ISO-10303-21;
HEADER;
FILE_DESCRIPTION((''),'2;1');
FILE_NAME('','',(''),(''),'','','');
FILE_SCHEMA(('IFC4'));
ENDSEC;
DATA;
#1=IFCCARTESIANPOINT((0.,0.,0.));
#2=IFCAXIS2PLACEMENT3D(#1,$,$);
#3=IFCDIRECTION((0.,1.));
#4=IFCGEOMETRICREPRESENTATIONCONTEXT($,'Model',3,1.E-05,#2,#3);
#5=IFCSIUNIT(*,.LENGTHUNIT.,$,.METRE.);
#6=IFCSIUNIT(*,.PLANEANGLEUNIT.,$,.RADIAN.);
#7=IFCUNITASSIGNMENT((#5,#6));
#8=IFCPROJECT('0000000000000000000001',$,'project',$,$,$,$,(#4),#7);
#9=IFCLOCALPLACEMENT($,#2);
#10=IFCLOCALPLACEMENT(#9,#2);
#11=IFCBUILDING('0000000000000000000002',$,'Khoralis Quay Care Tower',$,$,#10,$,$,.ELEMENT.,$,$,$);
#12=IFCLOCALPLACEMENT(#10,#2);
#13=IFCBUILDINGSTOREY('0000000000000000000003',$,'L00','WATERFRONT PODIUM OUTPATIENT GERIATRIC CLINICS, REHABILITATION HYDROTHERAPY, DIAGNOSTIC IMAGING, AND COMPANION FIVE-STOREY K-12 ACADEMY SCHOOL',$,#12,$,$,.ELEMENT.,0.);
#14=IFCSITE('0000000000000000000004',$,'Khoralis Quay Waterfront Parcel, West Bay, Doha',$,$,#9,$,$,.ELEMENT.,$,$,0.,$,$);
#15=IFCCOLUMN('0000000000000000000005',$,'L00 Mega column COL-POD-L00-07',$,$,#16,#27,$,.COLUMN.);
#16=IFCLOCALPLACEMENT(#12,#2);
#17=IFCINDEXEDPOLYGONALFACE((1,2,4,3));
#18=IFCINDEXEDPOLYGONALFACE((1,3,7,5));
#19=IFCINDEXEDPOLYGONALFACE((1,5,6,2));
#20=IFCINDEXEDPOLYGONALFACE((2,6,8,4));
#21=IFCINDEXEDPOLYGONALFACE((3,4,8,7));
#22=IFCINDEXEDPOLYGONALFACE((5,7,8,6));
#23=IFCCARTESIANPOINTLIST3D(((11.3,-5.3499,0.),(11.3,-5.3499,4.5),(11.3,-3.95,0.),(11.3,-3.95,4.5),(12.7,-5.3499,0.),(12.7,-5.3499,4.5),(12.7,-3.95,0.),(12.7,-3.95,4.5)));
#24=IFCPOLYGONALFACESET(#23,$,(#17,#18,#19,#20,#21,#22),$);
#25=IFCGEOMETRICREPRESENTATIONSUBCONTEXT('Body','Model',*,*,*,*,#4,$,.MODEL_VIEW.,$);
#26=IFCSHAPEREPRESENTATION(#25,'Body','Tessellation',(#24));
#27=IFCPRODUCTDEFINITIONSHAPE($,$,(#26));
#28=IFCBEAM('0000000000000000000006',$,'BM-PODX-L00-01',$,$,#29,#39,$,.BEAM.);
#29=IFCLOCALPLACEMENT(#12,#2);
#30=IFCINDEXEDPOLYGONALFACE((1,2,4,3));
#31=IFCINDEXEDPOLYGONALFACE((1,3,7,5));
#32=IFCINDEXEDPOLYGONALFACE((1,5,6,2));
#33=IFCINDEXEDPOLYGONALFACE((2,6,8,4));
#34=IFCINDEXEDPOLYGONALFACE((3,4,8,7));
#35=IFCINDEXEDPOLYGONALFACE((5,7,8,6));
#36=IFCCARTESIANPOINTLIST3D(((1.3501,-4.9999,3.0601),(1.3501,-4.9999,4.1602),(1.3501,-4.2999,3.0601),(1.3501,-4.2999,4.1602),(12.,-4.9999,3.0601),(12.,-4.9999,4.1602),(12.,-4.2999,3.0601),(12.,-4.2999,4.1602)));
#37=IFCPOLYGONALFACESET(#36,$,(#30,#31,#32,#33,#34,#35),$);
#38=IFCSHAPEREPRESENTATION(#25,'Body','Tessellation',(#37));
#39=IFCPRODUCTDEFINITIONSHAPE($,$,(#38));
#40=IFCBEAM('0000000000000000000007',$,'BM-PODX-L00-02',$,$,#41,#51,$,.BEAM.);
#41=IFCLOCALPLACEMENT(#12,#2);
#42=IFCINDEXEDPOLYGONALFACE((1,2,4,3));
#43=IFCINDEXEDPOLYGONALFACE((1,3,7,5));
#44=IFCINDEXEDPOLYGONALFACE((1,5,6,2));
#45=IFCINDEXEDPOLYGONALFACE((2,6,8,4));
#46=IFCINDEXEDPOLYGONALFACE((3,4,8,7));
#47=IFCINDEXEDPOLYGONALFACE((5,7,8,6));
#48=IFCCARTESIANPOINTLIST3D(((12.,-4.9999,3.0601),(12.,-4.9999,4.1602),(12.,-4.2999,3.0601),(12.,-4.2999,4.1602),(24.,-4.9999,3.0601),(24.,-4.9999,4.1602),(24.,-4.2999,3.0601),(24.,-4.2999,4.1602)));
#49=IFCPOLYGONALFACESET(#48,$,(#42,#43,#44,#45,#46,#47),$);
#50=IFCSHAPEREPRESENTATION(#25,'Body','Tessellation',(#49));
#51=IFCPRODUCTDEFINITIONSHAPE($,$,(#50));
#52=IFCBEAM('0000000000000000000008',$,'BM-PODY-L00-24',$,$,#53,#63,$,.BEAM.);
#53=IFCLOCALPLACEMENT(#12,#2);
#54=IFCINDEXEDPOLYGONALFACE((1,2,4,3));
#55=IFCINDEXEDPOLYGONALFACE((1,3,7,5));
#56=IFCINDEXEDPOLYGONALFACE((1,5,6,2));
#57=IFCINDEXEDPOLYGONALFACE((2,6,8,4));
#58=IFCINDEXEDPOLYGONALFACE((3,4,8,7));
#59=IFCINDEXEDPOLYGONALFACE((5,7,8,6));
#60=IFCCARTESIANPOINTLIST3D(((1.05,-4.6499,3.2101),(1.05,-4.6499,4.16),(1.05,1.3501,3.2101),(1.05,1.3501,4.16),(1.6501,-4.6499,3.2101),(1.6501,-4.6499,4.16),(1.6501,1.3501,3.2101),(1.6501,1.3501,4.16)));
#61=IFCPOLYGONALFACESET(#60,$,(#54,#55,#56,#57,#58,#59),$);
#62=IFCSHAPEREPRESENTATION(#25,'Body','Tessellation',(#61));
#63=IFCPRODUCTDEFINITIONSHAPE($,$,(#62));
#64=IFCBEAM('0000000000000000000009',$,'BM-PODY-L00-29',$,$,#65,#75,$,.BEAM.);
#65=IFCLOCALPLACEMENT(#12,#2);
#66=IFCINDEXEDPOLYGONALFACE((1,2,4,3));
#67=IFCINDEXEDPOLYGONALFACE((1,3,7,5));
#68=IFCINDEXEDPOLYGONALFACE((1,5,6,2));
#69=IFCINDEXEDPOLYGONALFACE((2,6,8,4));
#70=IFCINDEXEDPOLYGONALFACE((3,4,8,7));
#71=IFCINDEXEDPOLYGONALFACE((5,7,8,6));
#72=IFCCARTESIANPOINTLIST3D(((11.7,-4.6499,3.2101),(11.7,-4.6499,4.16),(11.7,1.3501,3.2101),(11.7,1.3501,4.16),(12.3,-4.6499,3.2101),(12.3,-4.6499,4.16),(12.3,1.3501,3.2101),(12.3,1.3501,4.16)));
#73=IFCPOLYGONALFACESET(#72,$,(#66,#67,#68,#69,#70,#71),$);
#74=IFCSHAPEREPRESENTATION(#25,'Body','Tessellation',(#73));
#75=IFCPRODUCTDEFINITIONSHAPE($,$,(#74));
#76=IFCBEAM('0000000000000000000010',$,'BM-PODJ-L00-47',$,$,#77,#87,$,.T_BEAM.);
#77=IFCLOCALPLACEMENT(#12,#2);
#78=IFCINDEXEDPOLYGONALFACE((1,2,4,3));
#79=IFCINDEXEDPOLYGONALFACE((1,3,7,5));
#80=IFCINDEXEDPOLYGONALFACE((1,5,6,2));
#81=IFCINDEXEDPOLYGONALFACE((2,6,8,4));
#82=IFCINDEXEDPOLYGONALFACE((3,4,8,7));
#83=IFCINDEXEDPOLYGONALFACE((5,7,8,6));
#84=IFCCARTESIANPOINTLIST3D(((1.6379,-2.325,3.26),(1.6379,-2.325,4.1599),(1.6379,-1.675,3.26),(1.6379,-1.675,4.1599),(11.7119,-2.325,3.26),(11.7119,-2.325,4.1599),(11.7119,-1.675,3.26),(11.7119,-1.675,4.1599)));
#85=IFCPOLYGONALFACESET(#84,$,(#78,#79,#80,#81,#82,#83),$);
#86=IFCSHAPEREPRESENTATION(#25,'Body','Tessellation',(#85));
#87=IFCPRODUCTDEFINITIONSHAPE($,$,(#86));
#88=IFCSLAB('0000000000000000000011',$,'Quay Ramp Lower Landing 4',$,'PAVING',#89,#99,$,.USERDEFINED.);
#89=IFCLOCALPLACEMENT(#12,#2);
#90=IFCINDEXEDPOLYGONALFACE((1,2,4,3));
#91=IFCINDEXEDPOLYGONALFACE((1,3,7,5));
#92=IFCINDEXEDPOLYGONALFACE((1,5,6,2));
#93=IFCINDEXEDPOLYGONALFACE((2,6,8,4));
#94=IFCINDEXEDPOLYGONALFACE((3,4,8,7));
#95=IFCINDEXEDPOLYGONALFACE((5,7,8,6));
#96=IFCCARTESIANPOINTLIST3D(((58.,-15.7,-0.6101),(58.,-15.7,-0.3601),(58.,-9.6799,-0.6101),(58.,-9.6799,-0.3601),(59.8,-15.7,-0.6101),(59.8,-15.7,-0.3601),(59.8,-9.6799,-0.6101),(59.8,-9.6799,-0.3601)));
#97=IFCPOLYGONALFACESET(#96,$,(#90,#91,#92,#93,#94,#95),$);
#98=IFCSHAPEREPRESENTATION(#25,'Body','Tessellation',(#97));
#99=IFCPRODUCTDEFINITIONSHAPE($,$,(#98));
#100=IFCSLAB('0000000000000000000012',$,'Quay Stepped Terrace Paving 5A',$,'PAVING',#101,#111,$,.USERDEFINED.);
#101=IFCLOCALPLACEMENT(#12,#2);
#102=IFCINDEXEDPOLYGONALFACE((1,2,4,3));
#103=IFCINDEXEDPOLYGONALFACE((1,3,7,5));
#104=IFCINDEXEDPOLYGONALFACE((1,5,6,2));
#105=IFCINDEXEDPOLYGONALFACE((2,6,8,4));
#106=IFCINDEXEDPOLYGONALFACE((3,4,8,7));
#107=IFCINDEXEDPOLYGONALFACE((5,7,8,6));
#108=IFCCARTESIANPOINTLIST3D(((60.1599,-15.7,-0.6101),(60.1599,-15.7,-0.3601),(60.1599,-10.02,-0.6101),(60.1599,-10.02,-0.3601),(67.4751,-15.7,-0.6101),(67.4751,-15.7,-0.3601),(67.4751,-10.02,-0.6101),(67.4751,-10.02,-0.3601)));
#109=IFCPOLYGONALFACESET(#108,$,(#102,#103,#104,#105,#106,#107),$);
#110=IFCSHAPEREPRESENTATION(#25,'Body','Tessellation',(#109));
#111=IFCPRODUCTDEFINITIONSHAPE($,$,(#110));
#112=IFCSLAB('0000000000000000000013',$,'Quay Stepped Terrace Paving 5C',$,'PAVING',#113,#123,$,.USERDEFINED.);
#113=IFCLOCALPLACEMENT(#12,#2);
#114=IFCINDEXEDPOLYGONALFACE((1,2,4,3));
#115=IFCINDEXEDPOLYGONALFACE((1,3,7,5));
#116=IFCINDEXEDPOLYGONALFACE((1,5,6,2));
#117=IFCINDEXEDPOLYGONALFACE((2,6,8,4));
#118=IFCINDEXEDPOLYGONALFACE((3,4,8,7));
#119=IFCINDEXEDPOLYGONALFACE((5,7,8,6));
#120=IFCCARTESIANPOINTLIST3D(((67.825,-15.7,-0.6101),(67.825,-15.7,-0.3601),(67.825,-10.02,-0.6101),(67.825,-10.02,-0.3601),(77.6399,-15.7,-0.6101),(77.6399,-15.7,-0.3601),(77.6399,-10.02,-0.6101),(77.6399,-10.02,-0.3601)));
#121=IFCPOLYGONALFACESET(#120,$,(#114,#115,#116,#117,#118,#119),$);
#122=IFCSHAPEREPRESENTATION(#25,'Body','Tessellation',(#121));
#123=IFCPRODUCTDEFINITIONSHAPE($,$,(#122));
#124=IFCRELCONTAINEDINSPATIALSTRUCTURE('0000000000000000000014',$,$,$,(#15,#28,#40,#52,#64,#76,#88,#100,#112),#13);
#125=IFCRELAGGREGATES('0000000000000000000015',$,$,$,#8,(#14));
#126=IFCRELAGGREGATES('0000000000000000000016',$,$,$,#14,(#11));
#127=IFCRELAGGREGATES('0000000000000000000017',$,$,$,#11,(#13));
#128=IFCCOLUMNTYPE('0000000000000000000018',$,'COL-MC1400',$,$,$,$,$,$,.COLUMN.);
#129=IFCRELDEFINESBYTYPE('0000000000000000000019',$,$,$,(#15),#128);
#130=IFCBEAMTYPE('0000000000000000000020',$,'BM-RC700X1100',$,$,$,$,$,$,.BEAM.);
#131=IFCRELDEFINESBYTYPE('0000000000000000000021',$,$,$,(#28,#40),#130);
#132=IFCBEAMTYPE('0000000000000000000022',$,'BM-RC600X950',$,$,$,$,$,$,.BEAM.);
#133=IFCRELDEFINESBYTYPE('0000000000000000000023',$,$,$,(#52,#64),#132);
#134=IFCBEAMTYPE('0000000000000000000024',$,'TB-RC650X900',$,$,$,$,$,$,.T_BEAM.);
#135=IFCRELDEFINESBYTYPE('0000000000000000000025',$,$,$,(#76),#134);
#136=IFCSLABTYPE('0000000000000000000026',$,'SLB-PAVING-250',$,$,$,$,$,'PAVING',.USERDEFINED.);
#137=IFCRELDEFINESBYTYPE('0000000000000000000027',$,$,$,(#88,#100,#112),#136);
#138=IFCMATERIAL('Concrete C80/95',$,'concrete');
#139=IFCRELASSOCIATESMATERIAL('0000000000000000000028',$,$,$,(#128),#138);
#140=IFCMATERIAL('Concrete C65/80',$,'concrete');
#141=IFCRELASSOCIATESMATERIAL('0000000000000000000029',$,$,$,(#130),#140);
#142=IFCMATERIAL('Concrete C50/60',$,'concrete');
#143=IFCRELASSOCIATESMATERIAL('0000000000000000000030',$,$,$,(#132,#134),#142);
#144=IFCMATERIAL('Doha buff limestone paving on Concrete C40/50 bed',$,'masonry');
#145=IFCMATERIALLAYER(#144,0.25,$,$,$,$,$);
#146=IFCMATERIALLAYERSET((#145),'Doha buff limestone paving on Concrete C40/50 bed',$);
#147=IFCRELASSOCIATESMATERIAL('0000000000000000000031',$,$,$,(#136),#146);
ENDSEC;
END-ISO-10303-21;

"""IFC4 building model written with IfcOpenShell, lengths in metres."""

from ifc_helpers import new_model, si_unit, direction, frame, origin, origin_2d, place, context, subcontext, project, spatial, polyline, rectangle, outline, extrude, source, transform, mapped, material, layer, layer_set, material_profile, profile_set, type_object, element, save


model = new_model("IFC4")

# Units and contexts
model_context = context("Model", 3, precision=1e-05, world=origin(), true_north=direction((0.0, 1.0)))
body_context = subcontext(model_context, "Body", "Model", "MODEL_VIEW")
ifc_project = project(units=[si_unit("LENGTHUNIT", "METRE"), si_unit("PLANEANGLEUNIT", "RADIAN")], contexts=[model_context])

# Site, building, storey
site_placement = place(None, origin())
site = spatial("IfcSite", under=ifc_project, at=site_placement, Name="Khoralis Quay Waterfront Parcel, West Bay, Doha", CompositionType="ELEMENT", RefElevation=0.0)
building_placement = place(site_placement, origin())
building = spatial("IfcBuilding", under=site, at=building_placement, Name="Khoralis Quay Care Tower", CompositionType="ELEMENT")
storey_placement = place(building_placement, origin())
storey = spatial("IfcBuildingStorey", under=building, at=storey_placement, Name="L00", Description="WATERFRONT PODIUM OUTPATIENT GERIATRIC CLINICS, REHABILITATION HYDROTHERAPY, DIAGNOSTIC IMAGING, AND COMPANION FIVE-STOREY K-12 ACADEMY SCHOOL", CompositionType="ELEMENT", Elevation=0.0)

# Column
ifc_material_1 = material(Name="Concrete C80/95", Category="concrete")
ifc_material_profile_1 = material_profile(ifc_material_1, rectangle(XDim=1.3999, YDim=1.3999, at=origin_2d()), Name="Concrete C80/95")
ifc_profile_set_1 = profile_set([ifc_material_profile_1], Name="Concrete C80/95")
column_type = type_object("IfcColumnType", Name="COL-MC1400", PredefinedType="COLUMN", material=ifc_profile_set_1)
shared_shape_1 = source(origin(), body_context, "Body", "SweptSolid", [
    extrude(rectangle(XDim=1.3999, YDim=1.3999, at=origin_2d()), origin(), (0.0, 0.0, 1.0), 4.5),
])
column_placement = place(storey_placement, frame((12.0, -4.6499, 0.0), z_axis=(0.0, 0.0, 1.0), x_axis=(1.0, 0.0, 0.0)))
element("IfcColumn", 1, at=column_placement, inside=storey, type_object=column_type, Name="L00 Mega column COL-POD-L00-07", PredefinedType="COLUMN", context=body_context, shape_type="MappedRepresentation", body=[
    mapped(shared_shape_1, transform((0.0, 0.0, 0.0), scale=1.0)),
])

# Beams
ifc_material_2 = material(Name="Concrete C65/80", Category="concrete")
ifc_material_profile_2 = material_profile(ifc_material_2, rectangle(XDim=0.7, YDim=1.1001, at=origin_2d()), Name="Concrete C65/80")
ifc_profile_set_2 = profile_set([ifc_material_profile_2], Name="Concrete C65/80")
beam_type_1 = type_object("IfcBeamType", Name="BM-RC700X1100", PredefinedType="BEAM", material=ifc_profile_set_2)
shared_shape_2 = source(origin(), body_context, "Body", "SweptSolid", [
    extrude(rectangle(XDim=0.7, YDim=1.1001, at=origin_2d()), origin(), (0.0, 0.0, 1.0), 10.6499),
])
beam_1_placement = place(storey_placement, frame((1.3501, -4.6499, 3.6101), z_axis=(1.0, 0.0, 0.0), x_axis=(0.0, 1.0, 0.0)))
element("IfcBeam", 2, at=beam_1_placement, inside=storey, type_object=beam_type_1, Name="BM-PODX-L00-01", PredefinedType="BEAM", context=body_context, shape_type="MappedRepresentation", body=[
    mapped(shared_shape_2, transform((0.0, 0.0, 0.0), scale=1.0)),
])
shared_shape_3 = source(origin(), body_context, "Body", "SweptSolid", [
    extrude(rectangle(XDim=0.7, YDim=1.1001, at=origin_2d()), origin(), (0.0, 0.0, 1.0), 12.0),
])
beam_2_placement = place(storey_placement, frame((12.0, -4.6499, 3.6101), z_axis=(1.0, 0.0, 0.0), x_axis=(0.0, 1.0, 0.0)))
element("IfcBeam", 3, at=beam_2_placement, inside=storey, type_object=beam_type_1, Name="BM-PODX-L00-02", PredefinedType="BEAM", context=body_context, shape_type="MappedRepresentation", body=[
    mapped(shared_shape_3, transform((0.0, 0.0, 0.0), scale=1.0)),
])
ifc_material_3 = material(Name="Concrete C50/60", Category="concrete")
ifc_material_profile_3 = material_profile(ifc_material_3, rectangle(XDim=0.6001, YDim=0.95, at=origin_2d()), Name="Concrete C50/60")
ifc_profile_set_3 = profile_set([ifc_material_profile_3], Name="Concrete C50/60")
beam_type_2 = type_object("IfcBeamType", Name="BM-RC600X950", PredefinedType="BEAM", material=ifc_profile_set_3)
shared_shape_4 = source(origin(), body_context, "Body", "SweptSolid", [
    extrude(rectangle(XDim=0.6001, YDim=0.95, at=origin_2d()), origin(), (0.0, 0.0, 1.0), 6.0),
])
for number, where, z_axis, x_axis, name in (
    (4, (1.3501, -4.6499, 3.6851), (0.0, 1.0, 0.0), (-1.0, 0.0, 0.0), "BM-PODY-L00-24"),
    (5, (12.0, -4.6499, 3.6851), (0.0, 1.0, 0.0), (-1.0, 0.0, 0.0), "BM-PODY-L00-29"),
):
    element("IfcBeam", number, at=place(storey_placement, frame(where, z_axis=z_axis, x_axis=x_axis)), inside=storey, type_object=beam_type_2, Name=name, PredefinedType="BEAM", context=body_context, shape_type="MappedRepresentation", body=[
        mapped(shared_shape_4, transform((0.0, 0.0, 0.0), scale=1.0)),
    ])
ifc_material_profile_4 = material_profile(ifc_material_3, rectangle(XDim=0.6499, YDim=0.8999, at=origin_2d()), Name="Concrete C50/60")
ifc_profile_set_4 = profile_set([ifc_material_profile_4], Name="Concrete C50/60")
beam_type_3 = type_object("IfcBeamType", Name="TB-RC650X900", PredefinedType="T_BEAM", material=ifc_profile_set_4)
shared_shape_5 = source(origin(), body_context, "Body", "SweptSolid", [
    extrude(rectangle(XDim=0.6499, YDim=0.8999, at=origin_2d()), origin(), (0.0, 0.0, 1.0), 10.074),
])
beam_3_placement = place(storey_placement, frame((1.6379, -2.0, 3.71), z_axis=(1.0, 0.0, 0.0), x_axis=(0.0, 1.0, 0.0)))
element("IfcBeam", 6, at=beam_3_placement, inside=storey, type_object=beam_type_3, Name="BM-PODJ-L00-47", PredefinedType="T_BEAM", context=body_context, shape_type="MappedRepresentation", body=[
    mapped(shared_shape_5, transform((0.0, 0.0, 0.0), scale=1.0)),
])

# Slabs
ifc_material_4 = material(Name="Doha buff limestone paving on Concrete C40/50 bed", Category="masonry")
ifc_layer = layer(ifc_material_4, 0.25)
ifc_layer_set = layer_set([ifc_layer], Name="Doha buff limestone paving on Concrete C40/50 bed")
slab_type = type_object("IfcSlabType", Name="SLB-PAVING-250", ElementType="PAVING", PredefinedType="USERDEFINED", material=ifc_layer_set)
slab_1_placement = place(storey_placement, frame((0.0, 0.0, -0.6101)))
element("IfcSlab", 7, at=slab_1_placement, inside=storey, type_object=slab_type, Name="Quay Ramp Lower Landing 4", ObjectType="PAVING", PredefinedType="USERDEFINED", context=body_context, shape_type="SweptSolid", body=[
    extrude(outline(polyline([(58.0, -15.7), (59.8, -15.7), (59.8, -9.6799), (58.0, -9.6799), (58.0, -15.7)])), origin(), (0.0, 0.0, 1.0), 0.25),
])
slab_2_placement = place(storey_placement, frame((0.0, 0.0, -0.6101)))
element("IfcSlab", 8, at=slab_2_placement, inside=storey, type_object=slab_type, Name="Quay Stepped Terrace Paving 5A", ObjectType="PAVING", PredefinedType="USERDEFINED", context=body_context, shape_type="SweptSolid", body=[
    extrude(outline(polyline([(60.1599, -15.7), (67.4751, -15.7), (67.4751, -10.02), (60.1599, -10.02), (60.1599, -15.7)])), origin(), (0.0, 0.0, 1.0), 0.25),
])
slab_3_placement = place(storey_placement, frame((0.0, 0.0, -0.6101)))
element("IfcSlab", 9, at=slab_3_placement, inside=storey, type_object=slab_type, Name="Quay Stepped Terrace Paving 5C", ObjectType="PAVING", PredefinedType="USERDEFINED", context=body_context, shape_type="SweptSolid", body=[
    extrude(outline(polyline([(67.825, -15.7), (77.6399, -15.7), (77.6399, -10.02), (67.825, -10.02), (67.825, -15.7)])), origin(), (0.0, 0.0, 1.0), 0.25),
])

save(model, "model.ifc")
